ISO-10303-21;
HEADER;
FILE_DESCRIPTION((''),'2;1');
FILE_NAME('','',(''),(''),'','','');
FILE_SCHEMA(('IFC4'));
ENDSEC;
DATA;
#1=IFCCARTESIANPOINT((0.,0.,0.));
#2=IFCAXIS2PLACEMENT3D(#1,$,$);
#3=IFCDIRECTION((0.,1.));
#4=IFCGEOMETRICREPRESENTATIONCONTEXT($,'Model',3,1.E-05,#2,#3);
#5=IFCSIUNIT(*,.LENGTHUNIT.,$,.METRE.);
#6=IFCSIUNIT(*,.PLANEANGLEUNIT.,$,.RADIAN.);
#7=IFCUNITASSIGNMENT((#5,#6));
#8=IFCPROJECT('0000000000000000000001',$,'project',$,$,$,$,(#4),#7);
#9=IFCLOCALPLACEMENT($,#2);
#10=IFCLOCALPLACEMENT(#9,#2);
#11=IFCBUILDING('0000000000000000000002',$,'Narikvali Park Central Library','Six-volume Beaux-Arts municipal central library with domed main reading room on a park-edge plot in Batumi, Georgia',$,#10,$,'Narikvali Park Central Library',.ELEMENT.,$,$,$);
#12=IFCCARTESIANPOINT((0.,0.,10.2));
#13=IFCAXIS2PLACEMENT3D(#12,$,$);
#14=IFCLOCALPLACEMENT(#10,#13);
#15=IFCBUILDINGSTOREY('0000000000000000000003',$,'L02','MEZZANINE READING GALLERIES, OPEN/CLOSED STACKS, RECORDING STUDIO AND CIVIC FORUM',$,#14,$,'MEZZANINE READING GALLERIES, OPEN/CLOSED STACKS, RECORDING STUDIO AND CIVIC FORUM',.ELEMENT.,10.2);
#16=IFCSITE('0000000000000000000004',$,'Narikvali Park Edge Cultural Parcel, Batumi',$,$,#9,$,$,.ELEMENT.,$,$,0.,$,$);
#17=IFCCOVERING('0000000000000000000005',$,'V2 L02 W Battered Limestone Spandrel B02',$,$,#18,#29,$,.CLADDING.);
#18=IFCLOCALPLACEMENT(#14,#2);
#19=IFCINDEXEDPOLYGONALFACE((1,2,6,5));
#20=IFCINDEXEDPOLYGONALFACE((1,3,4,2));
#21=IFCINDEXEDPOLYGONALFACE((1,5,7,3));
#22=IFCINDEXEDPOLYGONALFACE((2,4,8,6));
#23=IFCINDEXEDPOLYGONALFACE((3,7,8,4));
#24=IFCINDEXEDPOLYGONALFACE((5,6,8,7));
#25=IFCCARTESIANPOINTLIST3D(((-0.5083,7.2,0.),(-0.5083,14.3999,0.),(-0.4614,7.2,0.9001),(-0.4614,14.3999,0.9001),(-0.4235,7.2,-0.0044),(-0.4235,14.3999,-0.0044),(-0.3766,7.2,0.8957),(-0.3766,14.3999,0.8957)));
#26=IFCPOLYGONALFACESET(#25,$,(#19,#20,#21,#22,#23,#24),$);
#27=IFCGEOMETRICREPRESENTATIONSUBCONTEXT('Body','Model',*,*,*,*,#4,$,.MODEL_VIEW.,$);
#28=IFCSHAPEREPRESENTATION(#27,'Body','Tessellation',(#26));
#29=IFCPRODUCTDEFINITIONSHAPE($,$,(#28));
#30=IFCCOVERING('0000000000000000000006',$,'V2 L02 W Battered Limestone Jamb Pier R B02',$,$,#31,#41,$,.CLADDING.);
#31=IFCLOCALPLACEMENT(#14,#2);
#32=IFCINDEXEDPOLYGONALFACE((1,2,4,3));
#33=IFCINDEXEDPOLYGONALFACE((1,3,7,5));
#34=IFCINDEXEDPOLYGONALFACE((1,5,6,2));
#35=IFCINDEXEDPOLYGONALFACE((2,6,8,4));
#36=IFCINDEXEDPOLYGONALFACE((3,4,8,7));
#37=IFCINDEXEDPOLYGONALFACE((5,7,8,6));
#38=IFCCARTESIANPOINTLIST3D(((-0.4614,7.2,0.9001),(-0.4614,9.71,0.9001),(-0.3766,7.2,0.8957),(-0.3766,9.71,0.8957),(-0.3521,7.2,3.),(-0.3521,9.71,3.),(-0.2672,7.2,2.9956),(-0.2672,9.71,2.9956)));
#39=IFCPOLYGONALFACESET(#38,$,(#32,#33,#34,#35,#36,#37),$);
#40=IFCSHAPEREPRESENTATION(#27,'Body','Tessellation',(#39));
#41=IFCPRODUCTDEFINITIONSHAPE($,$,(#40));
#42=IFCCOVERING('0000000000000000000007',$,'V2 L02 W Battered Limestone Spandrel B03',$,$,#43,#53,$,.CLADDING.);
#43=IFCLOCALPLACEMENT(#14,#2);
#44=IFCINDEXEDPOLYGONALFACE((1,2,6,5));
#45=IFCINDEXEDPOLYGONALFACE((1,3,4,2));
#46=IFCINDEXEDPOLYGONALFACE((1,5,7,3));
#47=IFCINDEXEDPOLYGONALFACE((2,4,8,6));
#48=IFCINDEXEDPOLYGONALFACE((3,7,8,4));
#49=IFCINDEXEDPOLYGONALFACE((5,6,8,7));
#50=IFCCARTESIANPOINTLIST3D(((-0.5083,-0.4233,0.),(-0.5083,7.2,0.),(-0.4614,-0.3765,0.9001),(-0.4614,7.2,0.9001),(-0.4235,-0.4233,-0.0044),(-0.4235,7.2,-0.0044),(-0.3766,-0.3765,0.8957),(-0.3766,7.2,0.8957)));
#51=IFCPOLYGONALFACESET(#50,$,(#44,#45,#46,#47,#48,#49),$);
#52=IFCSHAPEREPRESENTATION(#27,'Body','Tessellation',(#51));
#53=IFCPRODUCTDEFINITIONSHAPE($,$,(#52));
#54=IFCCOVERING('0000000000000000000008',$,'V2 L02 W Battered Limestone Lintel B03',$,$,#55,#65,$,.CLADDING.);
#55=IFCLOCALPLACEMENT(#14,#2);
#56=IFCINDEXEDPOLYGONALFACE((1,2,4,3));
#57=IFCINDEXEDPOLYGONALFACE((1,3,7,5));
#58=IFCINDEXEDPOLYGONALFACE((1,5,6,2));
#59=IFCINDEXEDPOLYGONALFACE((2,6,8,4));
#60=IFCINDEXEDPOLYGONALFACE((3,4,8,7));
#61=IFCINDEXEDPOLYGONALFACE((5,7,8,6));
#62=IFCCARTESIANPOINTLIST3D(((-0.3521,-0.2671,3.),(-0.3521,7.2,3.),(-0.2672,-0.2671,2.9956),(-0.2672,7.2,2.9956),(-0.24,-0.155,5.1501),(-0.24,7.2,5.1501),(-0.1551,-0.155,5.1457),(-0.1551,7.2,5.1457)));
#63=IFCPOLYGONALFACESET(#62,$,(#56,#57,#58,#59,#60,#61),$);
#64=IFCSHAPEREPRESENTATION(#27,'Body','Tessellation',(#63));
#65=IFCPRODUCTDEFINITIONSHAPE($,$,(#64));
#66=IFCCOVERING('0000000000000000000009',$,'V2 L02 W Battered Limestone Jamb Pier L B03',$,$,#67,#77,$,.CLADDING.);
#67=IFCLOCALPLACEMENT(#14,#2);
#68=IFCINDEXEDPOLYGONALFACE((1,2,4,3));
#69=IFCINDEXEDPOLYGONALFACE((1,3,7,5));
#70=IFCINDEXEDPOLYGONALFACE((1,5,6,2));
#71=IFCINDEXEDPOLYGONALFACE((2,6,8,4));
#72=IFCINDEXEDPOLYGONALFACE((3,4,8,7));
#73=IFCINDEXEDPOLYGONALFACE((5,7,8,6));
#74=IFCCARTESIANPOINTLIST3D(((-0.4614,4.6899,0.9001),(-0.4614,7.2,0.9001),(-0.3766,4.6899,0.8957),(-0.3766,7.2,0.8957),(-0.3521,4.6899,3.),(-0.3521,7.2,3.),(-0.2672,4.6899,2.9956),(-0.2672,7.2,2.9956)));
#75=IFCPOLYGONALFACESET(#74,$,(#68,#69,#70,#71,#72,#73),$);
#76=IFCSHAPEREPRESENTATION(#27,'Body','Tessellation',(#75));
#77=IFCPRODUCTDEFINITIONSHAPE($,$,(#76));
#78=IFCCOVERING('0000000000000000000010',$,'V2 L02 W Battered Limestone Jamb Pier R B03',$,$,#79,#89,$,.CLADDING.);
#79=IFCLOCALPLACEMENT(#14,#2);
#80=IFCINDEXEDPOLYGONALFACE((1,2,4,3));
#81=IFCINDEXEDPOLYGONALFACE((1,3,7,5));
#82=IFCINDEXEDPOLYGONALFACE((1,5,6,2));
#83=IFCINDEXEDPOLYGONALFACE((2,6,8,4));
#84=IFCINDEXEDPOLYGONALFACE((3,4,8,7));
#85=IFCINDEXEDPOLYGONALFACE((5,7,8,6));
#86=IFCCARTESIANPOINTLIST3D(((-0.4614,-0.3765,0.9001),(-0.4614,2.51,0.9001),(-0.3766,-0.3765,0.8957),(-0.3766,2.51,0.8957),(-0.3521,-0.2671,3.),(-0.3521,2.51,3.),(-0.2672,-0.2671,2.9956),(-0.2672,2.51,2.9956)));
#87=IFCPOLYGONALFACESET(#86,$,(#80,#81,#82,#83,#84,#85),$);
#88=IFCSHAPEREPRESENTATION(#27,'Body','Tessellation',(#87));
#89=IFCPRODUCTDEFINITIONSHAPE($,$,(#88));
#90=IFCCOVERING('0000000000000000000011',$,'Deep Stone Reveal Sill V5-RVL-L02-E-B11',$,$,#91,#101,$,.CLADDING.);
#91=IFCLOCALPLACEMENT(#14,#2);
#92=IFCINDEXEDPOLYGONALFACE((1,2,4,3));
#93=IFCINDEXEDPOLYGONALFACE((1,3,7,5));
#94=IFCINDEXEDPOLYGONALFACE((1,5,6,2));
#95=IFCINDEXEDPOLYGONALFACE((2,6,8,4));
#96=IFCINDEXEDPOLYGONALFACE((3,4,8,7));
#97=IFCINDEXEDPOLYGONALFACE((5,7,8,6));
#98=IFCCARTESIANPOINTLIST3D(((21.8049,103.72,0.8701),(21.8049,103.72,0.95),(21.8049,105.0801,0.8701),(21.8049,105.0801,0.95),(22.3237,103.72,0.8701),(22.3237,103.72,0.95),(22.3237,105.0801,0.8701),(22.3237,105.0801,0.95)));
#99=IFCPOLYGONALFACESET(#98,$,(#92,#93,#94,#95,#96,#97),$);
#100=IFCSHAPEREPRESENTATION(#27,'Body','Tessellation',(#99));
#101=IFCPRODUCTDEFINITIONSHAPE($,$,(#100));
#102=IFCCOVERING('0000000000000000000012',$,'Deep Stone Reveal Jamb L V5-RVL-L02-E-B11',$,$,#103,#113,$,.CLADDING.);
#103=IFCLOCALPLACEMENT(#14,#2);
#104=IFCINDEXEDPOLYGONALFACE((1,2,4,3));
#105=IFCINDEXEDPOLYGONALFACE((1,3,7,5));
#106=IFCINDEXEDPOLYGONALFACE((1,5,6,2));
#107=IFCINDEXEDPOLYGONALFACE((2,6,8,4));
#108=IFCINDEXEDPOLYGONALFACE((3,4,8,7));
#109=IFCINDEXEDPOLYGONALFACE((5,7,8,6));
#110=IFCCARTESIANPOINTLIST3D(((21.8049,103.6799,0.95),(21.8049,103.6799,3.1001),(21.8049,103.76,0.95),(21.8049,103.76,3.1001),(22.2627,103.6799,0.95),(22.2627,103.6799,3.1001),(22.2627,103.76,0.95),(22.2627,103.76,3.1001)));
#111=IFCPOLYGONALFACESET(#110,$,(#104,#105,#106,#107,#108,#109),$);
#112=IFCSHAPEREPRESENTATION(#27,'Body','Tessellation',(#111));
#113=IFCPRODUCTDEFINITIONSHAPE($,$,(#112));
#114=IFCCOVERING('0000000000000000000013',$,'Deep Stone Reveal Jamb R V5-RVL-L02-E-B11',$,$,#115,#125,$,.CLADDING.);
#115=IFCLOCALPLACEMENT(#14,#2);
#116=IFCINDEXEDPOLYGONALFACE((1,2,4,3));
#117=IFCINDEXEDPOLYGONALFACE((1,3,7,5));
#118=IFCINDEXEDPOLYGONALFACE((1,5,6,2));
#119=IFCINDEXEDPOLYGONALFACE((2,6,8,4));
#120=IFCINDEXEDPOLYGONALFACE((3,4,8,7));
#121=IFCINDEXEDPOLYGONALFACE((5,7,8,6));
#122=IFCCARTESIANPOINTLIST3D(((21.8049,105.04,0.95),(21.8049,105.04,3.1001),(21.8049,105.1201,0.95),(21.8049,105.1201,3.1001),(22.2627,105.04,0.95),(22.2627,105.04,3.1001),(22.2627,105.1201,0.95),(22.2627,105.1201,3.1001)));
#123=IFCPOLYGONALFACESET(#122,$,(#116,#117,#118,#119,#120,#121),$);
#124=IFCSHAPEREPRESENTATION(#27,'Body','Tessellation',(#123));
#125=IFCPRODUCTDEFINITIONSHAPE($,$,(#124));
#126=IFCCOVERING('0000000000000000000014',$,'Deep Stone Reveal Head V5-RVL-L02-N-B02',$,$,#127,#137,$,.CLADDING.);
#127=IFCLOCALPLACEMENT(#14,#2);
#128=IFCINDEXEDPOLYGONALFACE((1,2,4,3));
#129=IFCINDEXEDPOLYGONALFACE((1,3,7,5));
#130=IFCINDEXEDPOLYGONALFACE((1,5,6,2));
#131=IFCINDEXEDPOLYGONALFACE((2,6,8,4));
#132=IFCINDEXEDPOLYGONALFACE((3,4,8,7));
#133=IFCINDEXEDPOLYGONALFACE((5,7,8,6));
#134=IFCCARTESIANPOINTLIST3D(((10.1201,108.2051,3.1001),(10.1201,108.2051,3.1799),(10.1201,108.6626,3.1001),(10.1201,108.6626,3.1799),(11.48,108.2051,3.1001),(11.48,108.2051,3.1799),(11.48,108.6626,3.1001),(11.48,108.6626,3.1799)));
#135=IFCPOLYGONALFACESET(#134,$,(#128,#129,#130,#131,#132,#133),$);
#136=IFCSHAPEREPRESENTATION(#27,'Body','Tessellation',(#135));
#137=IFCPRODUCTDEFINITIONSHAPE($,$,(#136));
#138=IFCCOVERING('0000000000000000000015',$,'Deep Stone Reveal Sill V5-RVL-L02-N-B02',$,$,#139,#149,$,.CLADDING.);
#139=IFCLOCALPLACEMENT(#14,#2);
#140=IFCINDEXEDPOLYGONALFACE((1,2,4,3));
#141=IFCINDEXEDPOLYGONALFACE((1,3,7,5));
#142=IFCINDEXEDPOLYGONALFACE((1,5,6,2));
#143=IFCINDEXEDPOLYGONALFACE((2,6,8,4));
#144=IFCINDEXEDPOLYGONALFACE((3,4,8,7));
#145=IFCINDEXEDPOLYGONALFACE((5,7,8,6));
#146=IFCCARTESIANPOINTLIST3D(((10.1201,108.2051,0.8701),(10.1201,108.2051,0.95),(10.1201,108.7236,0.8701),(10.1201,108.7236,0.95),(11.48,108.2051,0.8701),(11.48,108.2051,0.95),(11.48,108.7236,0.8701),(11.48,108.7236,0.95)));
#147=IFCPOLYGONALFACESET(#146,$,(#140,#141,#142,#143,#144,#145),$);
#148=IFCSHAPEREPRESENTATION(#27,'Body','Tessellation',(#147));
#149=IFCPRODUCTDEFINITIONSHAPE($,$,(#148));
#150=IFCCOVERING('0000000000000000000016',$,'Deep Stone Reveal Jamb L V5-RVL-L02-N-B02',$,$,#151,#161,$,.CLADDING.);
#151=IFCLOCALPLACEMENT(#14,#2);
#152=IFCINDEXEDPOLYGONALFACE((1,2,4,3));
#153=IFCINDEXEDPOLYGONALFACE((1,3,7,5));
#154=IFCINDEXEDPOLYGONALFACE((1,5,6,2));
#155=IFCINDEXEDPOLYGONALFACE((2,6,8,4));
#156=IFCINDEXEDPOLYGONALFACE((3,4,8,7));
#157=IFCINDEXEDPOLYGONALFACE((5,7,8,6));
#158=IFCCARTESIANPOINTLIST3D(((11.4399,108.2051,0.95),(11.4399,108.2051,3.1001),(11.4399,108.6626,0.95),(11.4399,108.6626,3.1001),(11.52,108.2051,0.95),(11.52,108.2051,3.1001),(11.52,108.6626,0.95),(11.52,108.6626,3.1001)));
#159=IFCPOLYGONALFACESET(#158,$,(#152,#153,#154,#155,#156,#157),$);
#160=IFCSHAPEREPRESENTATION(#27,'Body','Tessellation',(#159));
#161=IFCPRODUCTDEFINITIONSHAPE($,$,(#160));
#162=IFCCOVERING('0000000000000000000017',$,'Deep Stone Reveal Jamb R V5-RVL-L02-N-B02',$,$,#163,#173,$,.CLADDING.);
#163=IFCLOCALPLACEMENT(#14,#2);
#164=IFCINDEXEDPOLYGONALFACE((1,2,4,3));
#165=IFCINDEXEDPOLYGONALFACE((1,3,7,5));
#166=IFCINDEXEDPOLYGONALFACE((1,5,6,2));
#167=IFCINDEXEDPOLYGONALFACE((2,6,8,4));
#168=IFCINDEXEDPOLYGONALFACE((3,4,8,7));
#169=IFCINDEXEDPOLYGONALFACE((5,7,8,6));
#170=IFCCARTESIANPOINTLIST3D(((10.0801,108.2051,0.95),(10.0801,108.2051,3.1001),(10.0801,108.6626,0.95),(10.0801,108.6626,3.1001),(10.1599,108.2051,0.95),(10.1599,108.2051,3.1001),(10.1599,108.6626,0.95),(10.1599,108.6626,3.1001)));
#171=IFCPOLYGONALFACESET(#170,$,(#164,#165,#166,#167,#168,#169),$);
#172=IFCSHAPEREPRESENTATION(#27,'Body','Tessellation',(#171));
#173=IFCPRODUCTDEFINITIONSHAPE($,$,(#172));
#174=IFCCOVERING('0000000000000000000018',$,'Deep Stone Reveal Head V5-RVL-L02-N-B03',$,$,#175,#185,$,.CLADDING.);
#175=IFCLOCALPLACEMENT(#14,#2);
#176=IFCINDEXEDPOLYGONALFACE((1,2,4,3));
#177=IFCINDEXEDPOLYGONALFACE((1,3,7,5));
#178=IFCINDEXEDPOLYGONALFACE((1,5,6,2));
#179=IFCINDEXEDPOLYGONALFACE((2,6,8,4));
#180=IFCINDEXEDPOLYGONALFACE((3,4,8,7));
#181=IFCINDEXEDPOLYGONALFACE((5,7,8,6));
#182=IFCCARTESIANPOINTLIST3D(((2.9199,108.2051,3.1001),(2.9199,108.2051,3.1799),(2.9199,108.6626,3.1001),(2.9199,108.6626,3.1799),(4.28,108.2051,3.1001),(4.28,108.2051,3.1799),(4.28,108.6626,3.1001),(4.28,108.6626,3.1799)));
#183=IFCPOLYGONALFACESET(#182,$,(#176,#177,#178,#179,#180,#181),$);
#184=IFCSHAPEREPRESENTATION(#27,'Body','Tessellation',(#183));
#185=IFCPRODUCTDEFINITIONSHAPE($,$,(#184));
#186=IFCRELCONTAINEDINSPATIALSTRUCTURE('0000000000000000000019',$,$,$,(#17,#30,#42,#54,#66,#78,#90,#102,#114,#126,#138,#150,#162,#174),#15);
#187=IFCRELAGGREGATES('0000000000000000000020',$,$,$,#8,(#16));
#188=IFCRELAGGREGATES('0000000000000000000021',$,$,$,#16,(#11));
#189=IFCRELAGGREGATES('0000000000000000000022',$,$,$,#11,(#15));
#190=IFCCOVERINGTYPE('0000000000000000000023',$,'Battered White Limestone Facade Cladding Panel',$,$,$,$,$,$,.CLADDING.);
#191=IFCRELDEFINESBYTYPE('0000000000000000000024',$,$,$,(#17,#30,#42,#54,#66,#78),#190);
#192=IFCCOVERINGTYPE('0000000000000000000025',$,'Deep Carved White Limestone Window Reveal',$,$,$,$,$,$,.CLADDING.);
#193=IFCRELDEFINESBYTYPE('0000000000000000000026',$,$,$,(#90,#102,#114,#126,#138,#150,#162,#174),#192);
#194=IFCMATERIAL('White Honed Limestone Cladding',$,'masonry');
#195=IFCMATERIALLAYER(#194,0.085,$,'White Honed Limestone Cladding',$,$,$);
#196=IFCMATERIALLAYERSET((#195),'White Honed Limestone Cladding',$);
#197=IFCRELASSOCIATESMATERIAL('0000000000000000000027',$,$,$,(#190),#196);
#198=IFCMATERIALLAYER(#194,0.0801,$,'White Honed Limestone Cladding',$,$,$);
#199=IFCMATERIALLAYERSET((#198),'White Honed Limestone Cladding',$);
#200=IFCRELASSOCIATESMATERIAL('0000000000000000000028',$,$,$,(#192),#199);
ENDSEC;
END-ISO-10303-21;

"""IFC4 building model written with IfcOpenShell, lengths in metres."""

from ifc_helpers import new_model, si_unit, direction, frame, origin, place, context, subcontext, project, spatial, polyline, outline, extrude, material, layer, layer_set, type_object, element, save


model = new_model("IFC4")

# Units and contexts
model_context = context("Model", 3, precision=1e-05, world=origin(), true_north=direction((0.0, 1.0)))
body_context = subcontext(model_context, "Body", "Model", "MODEL_VIEW")
ifc_project = project(units=[si_unit("LENGTHUNIT", "METRE"), si_unit("PLANEANGLEUNIT", "RADIAN")], contexts=[model_context])

# Site, building, storey
site_placement = place(None, origin())
site = spatial("IfcSite", under=ifc_project, at=site_placement, Name="Narikvali Park Edge Cultural Parcel, Batumi", CompositionType="ELEMENT", RefElevation=0.0)
building_placement = place(site_placement, origin())
building = spatial("IfcBuilding", under=site, at=building_placement, Name="Narikvali Park Central Library", Description="Six-volume Beaux-Arts municipal central library with domed main reading room on a park-edge plot in Batumi, Georgia", LongName="Narikvali Park Central Library", CompositionType="ELEMENT")
storey_placement = place(building_placement, frame((0.0, 0.0, 10.2)))
storey = spatial("IfcBuildingStorey", under=building, at=storey_placement, Name="L02", Description="MEZZANINE READING GALLERIES, OPEN/CLOSED STACKS, RECORDING STUDIO AND CIVIC FORUM", LongName="MEZZANINE READING GALLERIES, OPEN/CLOSED STACKS, RECORDING STUDIO AND CIVIC FORUM", CompositionType="ELEMENT", Elevation=10.2)

# Coverings
ifc_material_1 = material(Name="White Honed Limestone Cladding", Category="masonry")
ifc_layer_1 = layer(ifc_material_1, 0.085, Name="White Honed Limestone Cladding")
ifc_layer_set_1 = layer_set([ifc_layer_1], Name="White Honed Limestone Cladding")
covering_type_1 = type_object("IfcCoveringType", Name="Battered White Limestone Facade Cladding Panel", PredefinedType="CLADDING", material=ifc_layer_set_1)
covering_1_placement = place(storey_placement, frame((-0.5083, 14.3999, 0.0), z_axis=(-0.998647, 0.0, 0.052004), x_axis=(0.0, -1.0, 0.0)))
element("IfcCovering", 1, at=covering_1_placement, inside=storey, type_object=covering_type_1, Name="V2 L02 W Battered Limestone Spandrel B02", PredefinedType="CLADDING", context=body_context, shape_type="SweptSolid", body=[
    extrude(outline(polyline([(0.0, 0.0), (7.2, 0.0), (7.2, 0.9014), (0.0, 0.9014), (0.0, 0.0)])), origin(), (0.0, 0.0, -1.0), 0.085),
])
covering_2_placement = place(storey_placement, frame((-0.4614, 9.71, 0.9001), z_axis=(-0.998646, 0.0, 0.052016), x_axis=(0.0, -1.0, 0.0)))
element("IfcCovering", 2, at=covering_2_placement, inside=storey, type_object=covering_type_1, Name="V2 L02 W Battered Limestone Jamb Pier R B02", PredefinedType="CLADDING", context=body_context, shape_type="SweptSolid", body=[
    extrude(outline(polyline([(0.0, 0.0), (2.51, 0.0), (2.51, 2.1027), (0.0, 2.1027), (0.0, 0.0)])), origin(), (0.0, 0.0, -1.0), 0.085),
])
covering_3_placement = place(storey_placement, frame((-0.5083, 7.2, 0.0), z_axis=(-0.998647, 0.0, 0.052004), x_axis=(0.0, -1.0, 0.0)))
element("IfcCovering", 3, at=covering_3_placement, inside=storey, type_object=covering_type_1, Name="V2 L02 W Battered Limestone Spandrel B03", PredefinedType="CLADDING", context=body_context, shape_type="SweptSolid", body=[
    extrude(outline(polyline([(0.0, 0.0), (7.6233, 0.0), (7.5764, 0.9014), (0.0, 0.9014), (0.0, 0.0)])), origin(), (0.0, 0.0, -1.0), 0.085),
])
covering_4_placement = place(storey_placement, frame((-0.3521, 7.2, 3.0), z_axis=(-0.998645, 0.0, 0.052047), x_axis=(0.0, -1.0, 0.0)))
element("IfcCovering", 4, at=covering_4_placement, inside=storey, type_object=covering_type_1, Name="V2 L02 W Battered Limestone Lintel B03", PredefinedType="CLADDING", context=body_context, shape_type="SweptSolid", body=[
    extrude(outline(polyline([(0.0, 0.0), (7.467, 0.0), (7.355, 2.1531), (0.0, 2.1531), (0.0, 0.0)])), origin(), (0.0, 0.0, -1.0), 0.085),
])
covering_5_placement = place(storey_placement, frame((-0.4614, 7.2, 0.9001), z_axis=(-0.998646, 0.0, 0.052016), x_axis=(0.0, -1.0, 0.0)))
element("IfcCovering", 5, at=covering_5_placement, inside=storey, type_object=covering_type_1, Name="V2 L02 W Battered Limestone Jamb Pier L B03", PredefinedType="CLADDING", context=body_context, shape_type="SweptSolid", body=[
    extrude(outline(polyline([(0.0, 0.0), (2.51, 0.0), (2.51, 2.1027), (0.0, 2.1027), (0.0, 0.0)])), origin(), (0.0, 0.0, -1.0), 0.085),
])
covering_6_placement = place(storey_placement, frame((-0.4614, 2.51, 0.9001), z_axis=(-0.998646, 0.0, 0.052016), x_axis=(0.0, -1.0, 0.0)))
element("IfcCovering", 6, at=covering_6_placement, inside=storey, type_object=covering_type_1, Name="V2 L02 W Battered Limestone Jamb Pier R B03", PredefinedType="CLADDING", context=body_context, shape_type="SweptSolid", body=[
    extrude(outline(polyline([(0.0, 0.0), (2.8865, 0.0), (2.7771, 2.1027), (0.0, 2.1027), (0.0, 0.0)])), origin(), (0.0, 0.0, -1.0), 0.085),
])
ifc_layer_2 = layer(ifc_material_1, 0.0801, Name="White Honed Limestone Cladding")
ifc_layer_set_2 = layer_set([ifc_layer_2], Name="White Honed Limestone Cladding")
covering_type_2 = type_object("IfcCoveringType", Name="Deep Carved White Limestone Window Reveal", PredefinedType="CLADDING", material=ifc_layer_set_2)
covering_7_placement = place(storey_placement, frame((0.0, 0.0, 0.8701)))
element("IfcCovering", 7, at=covering_7_placement, inside=storey, type_object=covering_type_2, Name="Deep Stone Reveal Sill V5-RVL-L02-E-B11", PredefinedType="CLADDING", context=body_context, shape_type="SweptSolid", body=[
    extrude(outline(polyline([(21.8049, 103.72), (21.8049, 105.0801), (22.3237, 105.0801), (22.3237, 103.72), (21.8049, 103.72)])), origin(), (0.0, 0.0, 1.0), 0.0798),
])
covering_8_placement = place(storey_placement, frame((0.0, 0.0, 0.95)))
element("IfcCovering", 8, at=covering_8_placement, inside=storey, type_object=covering_type_2, Name="Deep Stone Reveal Jamb L V5-RVL-L02-E-B11", PredefinedType="CLADDING", context=body_context, shape_type="SweptSolid", body=[
    extrude(outline(polyline([(21.8049, 103.6799), (21.8049, 103.76), (22.2627, 103.76), (22.2627, 103.6799), (21.8049, 103.6799)])), origin(), (0.0, 0.0, 1.0), 2.1501),
])
covering_9_placement = place(storey_placement, frame((0.0, 0.0, 0.95)))
element("IfcCovering", 9, at=covering_9_placement, inside=storey, type_object=covering_type_2, Name="Deep Stone Reveal Jamb R V5-RVL-L02-E-B11", PredefinedType="CLADDING", context=body_context, shape_type="SweptSolid", body=[
    extrude(outline(polyline([(21.8049, 105.04), (21.8049, 105.1201), (22.2627, 105.1201), (22.2627, 105.04), (21.8049, 105.04)])), origin(), (0.0, 0.0, 1.0), 2.1501),
])
covering_10_placement = place(storey_placement, frame((0.0, 0.0, 3.1001)))
element("IfcCovering", 10, at=covering_10_placement, inside=storey, type_object=covering_type_2, Name="Deep Stone Reveal Head V5-RVL-L02-N-B02", PredefinedType="CLADDING", context=body_context, shape_type="SweptSolid", body=[
    extrude(outline(polyline([(11.48, 108.2051), (10.1201, 108.2051), (10.1201, 108.6626), (11.48, 108.6626), (11.48, 108.2051)])), origin(), (0.0, 0.0, 1.0), 0.0798),
])
covering_11_placement = place(storey_placement, frame((0.0, 0.0, 0.8701)))
element("IfcCovering", 11, at=covering_11_placement, inside=storey, type_object=covering_type_2, Name="Deep Stone Reveal Sill V5-RVL-L02-N-B02", PredefinedType="CLADDING", context=body_context, shape_type="SweptSolid", body=[
    extrude(outline(polyline([(11.48, 108.2051), (10.1201, 108.2051), (10.1201, 108.7236), (11.48, 108.7236), (11.48, 108.2051)])), origin(), (0.0, 0.0, 1.0), 0.0798),
])
covering_12_placement = place(storey_placement, frame((0.0, 0.0, 0.95)))
element("IfcCovering", 12, at=covering_12_placement, inside=storey, type_object=covering_type_2, Name="Deep Stone Reveal Jamb L V5-RVL-L02-N-B02", PredefinedType="CLADDING", context=body_context, shape_type="SweptSolid", body=[
    extrude(outline(polyline([(11.52, 108.2051), (11.4399, 108.2051), (11.4399, 108.6626), (11.52, 108.6626), (11.52, 108.2051)])), origin(), (0.0, 0.0, 1.0), 2.1501),
])
covering_13_placement = place(storey_placement, frame((0.0, 0.0, 0.95)))
element("IfcCovering", 13, at=covering_13_placement, inside=storey, type_object=covering_type_2, Name="Deep Stone Reveal Jamb R V5-RVL-L02-N-B02", PredefinedType="CLADDING", context=body_context, shape_type="SweptSolid", body=[
    extrude(outline(polyline([(10.1599, 108.2051), (10.0801, 108.2051), (10.0801, 108.6626), (10.1599, 108.6626), (10.1599, 108.2051)])), origin(), (0.0, 0.0, 1.0), 2.1501),
])
covering_14_placement = place(storey_placement, frame((0.0, 0.0, 3.1001)))
element("IfcCovering", 14, at=covering_14_placement, inside=storey, type_object=covering_type_2, Name="Deep Stone Reveal Head V5-RVL-L02-N-B03", PredefinedType="CLADDING", context=body_context, shape_type="SweptSolid", body=[
    extrude(outline(polyline([(4.28, 108.2051), (2.9199, 108.2051), (2.9199, 108.6626), (4.28, 108.6626), (4.28, 108.2051)])), origin(), (0.0, 0.0, 1.0), 0.0798),
])

save(model, "model.ifc")
